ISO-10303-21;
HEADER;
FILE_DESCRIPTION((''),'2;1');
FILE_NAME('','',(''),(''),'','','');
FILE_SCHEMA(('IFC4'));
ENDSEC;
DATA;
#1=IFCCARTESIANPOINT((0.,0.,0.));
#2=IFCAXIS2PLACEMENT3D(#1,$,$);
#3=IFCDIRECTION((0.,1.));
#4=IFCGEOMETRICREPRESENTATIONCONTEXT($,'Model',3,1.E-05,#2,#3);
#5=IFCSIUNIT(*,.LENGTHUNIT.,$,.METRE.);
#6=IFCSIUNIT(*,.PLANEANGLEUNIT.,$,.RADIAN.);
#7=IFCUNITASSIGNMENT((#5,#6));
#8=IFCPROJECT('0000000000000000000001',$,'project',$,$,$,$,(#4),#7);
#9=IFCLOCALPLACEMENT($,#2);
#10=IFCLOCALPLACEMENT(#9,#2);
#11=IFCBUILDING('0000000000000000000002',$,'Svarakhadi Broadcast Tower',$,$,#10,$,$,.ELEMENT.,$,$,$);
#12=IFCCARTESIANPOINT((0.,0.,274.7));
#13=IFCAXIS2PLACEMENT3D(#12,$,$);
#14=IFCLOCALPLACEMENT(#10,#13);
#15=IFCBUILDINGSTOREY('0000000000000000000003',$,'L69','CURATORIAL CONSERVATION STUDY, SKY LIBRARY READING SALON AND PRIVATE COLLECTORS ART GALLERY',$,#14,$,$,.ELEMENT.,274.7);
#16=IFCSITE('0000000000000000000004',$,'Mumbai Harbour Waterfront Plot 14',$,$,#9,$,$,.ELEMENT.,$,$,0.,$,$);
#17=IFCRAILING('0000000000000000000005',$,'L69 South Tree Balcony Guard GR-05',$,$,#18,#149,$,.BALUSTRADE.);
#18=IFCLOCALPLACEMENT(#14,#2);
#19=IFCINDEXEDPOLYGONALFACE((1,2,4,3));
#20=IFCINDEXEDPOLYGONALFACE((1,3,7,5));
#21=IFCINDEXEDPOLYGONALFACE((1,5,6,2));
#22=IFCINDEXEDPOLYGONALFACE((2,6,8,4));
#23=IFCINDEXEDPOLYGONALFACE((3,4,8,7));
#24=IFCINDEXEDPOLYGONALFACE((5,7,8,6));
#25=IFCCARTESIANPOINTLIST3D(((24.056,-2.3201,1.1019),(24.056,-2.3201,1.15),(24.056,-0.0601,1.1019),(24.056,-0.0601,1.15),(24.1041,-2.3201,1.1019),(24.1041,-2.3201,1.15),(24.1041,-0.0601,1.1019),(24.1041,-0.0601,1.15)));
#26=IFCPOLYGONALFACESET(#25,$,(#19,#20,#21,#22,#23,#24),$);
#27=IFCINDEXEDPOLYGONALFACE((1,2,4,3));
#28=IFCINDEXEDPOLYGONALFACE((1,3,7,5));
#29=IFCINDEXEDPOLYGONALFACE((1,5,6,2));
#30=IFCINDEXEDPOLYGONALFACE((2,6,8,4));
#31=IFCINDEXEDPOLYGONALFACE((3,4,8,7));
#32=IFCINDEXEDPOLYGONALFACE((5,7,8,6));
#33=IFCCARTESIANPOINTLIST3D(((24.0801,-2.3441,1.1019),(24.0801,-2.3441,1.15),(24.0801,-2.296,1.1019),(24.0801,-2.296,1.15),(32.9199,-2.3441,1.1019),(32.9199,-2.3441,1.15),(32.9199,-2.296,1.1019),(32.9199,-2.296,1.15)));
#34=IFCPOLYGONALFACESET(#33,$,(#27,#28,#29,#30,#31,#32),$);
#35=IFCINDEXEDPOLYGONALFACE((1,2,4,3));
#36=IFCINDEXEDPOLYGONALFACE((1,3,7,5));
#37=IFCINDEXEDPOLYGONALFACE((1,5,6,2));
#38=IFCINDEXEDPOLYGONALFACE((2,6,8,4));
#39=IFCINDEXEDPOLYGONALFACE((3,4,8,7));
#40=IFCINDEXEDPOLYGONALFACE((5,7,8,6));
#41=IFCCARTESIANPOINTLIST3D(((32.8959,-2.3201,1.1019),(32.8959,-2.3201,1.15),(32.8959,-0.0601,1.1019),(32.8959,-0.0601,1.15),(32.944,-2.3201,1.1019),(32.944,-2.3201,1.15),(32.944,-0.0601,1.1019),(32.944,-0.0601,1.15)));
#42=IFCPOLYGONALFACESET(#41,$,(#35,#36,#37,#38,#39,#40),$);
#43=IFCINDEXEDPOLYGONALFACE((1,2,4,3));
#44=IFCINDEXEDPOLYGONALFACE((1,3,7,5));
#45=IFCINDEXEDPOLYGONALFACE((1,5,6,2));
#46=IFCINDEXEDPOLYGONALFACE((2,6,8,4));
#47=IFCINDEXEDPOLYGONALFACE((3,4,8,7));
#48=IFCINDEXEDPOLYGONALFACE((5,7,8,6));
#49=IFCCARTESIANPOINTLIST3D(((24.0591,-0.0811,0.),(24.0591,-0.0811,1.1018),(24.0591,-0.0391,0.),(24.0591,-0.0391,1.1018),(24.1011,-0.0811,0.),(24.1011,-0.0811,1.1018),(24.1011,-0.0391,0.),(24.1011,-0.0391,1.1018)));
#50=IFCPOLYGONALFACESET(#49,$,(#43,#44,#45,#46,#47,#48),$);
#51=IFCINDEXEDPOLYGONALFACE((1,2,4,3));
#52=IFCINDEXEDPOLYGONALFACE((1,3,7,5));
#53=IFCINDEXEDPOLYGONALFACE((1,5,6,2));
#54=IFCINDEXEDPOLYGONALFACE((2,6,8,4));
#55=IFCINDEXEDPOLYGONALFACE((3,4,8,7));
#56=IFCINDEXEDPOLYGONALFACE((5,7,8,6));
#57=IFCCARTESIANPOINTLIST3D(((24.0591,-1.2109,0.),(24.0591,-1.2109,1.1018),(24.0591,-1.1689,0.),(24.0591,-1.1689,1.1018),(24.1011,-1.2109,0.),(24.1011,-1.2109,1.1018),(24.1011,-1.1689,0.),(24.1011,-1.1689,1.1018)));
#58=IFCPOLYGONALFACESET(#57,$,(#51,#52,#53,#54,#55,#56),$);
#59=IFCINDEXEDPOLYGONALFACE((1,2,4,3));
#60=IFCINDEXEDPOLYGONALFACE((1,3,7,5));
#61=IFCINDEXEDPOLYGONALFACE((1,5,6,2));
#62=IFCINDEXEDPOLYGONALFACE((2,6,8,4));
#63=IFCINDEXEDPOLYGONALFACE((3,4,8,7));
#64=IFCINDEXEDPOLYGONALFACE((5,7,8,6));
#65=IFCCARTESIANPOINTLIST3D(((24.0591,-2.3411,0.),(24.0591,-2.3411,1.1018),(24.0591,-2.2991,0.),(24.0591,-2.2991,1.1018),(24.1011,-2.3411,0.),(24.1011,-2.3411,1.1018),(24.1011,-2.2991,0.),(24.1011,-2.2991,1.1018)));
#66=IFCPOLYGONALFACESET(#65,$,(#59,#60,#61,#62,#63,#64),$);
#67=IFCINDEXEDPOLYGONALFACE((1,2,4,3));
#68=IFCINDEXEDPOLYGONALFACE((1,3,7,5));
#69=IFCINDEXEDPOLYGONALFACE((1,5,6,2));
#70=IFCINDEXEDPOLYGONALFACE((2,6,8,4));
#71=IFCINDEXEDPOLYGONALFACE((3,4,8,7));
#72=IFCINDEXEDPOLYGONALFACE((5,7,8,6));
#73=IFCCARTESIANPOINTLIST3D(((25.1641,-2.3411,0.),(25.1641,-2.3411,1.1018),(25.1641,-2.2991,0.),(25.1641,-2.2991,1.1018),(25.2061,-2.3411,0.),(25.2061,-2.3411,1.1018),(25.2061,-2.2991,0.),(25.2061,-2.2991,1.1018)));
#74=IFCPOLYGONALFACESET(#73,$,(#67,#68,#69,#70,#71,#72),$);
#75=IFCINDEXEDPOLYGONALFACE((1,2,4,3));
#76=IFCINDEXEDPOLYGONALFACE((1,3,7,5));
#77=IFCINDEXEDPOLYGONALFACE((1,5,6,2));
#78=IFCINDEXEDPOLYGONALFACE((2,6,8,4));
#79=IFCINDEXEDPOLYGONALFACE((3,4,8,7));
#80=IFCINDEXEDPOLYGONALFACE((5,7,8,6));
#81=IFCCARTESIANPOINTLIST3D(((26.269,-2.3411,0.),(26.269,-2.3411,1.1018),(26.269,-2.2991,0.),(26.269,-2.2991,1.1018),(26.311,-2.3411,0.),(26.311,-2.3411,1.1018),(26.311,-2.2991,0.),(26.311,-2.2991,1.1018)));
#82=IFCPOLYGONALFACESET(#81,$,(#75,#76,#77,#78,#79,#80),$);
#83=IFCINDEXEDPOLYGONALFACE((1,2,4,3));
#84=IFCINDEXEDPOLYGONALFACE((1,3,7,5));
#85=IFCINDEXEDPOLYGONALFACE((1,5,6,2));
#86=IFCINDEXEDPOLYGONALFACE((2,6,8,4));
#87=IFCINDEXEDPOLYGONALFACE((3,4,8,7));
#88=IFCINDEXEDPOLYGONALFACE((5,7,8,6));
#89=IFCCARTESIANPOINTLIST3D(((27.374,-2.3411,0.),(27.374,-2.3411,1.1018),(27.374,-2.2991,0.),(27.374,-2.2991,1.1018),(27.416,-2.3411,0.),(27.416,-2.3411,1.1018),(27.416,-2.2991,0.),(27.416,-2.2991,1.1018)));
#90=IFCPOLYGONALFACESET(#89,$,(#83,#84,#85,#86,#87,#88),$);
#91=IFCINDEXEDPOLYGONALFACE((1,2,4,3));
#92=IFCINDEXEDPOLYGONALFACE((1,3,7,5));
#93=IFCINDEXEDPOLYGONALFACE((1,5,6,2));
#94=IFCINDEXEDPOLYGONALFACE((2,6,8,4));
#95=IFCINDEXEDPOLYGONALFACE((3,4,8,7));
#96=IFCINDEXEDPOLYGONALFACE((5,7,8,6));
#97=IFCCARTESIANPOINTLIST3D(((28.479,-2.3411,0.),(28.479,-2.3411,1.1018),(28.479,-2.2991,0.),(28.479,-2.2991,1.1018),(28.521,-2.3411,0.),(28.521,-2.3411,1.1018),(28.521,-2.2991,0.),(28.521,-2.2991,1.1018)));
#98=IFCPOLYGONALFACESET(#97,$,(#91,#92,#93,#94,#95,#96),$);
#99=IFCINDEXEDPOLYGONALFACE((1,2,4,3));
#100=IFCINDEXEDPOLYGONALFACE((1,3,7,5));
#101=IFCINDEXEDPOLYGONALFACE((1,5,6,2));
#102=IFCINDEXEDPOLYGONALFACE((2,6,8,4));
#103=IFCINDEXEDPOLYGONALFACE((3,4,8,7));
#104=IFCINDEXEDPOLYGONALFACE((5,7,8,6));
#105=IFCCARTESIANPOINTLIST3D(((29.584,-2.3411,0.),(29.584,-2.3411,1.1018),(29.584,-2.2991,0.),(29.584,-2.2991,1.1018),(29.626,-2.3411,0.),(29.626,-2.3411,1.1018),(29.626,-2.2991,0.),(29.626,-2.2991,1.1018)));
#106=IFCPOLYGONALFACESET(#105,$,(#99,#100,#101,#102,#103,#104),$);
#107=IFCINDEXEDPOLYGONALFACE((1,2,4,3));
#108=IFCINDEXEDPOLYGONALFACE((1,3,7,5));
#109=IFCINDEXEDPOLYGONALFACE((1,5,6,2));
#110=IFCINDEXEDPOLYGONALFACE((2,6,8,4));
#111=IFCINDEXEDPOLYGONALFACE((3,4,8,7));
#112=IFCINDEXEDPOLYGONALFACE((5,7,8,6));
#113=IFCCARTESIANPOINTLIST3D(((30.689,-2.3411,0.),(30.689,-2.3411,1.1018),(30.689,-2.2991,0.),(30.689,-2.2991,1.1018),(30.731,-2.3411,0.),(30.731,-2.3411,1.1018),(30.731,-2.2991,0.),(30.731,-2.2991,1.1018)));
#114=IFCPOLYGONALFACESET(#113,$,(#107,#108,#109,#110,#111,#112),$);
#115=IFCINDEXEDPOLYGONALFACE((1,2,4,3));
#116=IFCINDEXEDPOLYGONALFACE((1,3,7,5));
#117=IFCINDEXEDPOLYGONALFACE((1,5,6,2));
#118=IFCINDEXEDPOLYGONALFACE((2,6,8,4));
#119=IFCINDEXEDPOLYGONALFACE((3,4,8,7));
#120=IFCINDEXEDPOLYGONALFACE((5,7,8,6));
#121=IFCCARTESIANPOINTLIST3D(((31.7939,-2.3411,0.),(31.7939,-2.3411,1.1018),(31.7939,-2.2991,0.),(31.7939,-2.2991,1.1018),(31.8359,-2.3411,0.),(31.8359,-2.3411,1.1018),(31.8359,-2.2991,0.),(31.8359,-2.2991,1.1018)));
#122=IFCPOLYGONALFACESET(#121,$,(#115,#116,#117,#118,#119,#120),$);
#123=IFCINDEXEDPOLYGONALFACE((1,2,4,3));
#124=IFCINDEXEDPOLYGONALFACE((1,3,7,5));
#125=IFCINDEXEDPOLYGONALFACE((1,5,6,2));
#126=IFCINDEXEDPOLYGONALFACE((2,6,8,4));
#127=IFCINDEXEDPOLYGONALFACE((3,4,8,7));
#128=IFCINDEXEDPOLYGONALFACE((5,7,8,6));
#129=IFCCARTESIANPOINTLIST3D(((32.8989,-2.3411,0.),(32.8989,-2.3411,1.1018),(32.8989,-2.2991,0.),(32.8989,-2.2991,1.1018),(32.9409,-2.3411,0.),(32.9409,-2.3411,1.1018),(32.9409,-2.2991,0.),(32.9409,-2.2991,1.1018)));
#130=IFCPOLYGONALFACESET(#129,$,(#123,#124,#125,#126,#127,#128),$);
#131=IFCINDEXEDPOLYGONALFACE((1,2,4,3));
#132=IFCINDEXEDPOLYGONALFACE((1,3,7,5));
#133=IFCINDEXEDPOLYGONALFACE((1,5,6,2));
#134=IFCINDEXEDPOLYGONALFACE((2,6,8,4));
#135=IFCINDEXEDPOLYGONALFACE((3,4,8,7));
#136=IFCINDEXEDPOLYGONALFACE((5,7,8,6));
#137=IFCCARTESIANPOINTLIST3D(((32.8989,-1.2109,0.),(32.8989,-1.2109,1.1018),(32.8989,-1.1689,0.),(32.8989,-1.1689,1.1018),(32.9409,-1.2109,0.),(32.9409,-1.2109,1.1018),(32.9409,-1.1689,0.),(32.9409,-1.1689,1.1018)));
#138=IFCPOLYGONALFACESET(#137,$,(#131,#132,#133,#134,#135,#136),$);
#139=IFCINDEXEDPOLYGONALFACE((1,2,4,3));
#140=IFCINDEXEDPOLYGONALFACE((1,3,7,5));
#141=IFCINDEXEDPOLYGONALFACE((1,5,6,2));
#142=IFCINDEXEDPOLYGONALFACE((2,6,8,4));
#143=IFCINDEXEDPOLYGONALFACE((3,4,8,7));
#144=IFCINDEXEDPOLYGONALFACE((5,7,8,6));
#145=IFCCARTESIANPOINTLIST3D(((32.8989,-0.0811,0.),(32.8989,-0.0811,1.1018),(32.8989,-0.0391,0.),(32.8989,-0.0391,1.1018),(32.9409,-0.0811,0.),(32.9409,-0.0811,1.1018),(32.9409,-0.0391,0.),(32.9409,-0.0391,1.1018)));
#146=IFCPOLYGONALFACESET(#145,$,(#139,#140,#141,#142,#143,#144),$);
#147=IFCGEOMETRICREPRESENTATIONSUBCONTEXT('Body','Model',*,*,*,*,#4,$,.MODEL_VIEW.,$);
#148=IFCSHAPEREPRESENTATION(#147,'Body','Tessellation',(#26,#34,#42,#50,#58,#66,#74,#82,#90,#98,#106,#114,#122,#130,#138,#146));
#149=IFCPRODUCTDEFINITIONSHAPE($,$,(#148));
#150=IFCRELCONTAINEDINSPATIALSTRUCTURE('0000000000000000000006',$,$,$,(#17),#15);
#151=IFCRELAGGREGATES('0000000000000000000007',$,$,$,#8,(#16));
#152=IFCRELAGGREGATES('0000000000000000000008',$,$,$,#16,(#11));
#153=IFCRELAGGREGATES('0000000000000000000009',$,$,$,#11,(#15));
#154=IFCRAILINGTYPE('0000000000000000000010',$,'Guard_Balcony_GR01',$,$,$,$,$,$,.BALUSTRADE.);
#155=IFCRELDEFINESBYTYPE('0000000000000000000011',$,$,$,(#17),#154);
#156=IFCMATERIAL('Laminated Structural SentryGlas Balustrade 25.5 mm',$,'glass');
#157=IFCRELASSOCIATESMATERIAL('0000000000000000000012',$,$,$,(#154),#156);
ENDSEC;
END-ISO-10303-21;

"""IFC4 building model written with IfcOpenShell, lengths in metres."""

from ifc_helpers import new_model, si_unit, direction, frame, origin, origin_2d, place, context, subcontext, project, spatial, rectangle, extrude, material, type_object, element, save


model = new_model("IFC4")

# Units and contexts
model_context = context("Model", 3, precision=1e-05, world=origin(), true_north=direction((0.0, 1.0)))
body_context = subcontext(model_context, "Body", "Model", "MODEL_VIEW")
ifc_project = project(units=[si_unit("LENGTHUNIT", "METRE"), si_unit("PLANEANGLEUNIT", "RADIAN")], contexts=[model_context])

# Site, building, storey
site_placement = place(None, origin())
site = spatial("IfcSite", under=ifc_project, at=site_placement, Name="Mumbai Harbour Waterfront Plot 14", CompositionType="ELEMENT", RefElevation=0.0)
building_placement = place(site_placement, origin())
building = spatial("IfcBuilding", under=site, at=building_placement, Name="Svarakhadi Broadcast Tower", CompositionType="ELEMENT")
storey_placement = place(building_placement, frame((0.0, 0.0, 274.7)))
storey = spatial("IfcBuildingStorey", under=building, at=storey_placement, Name="L69", Description="CURATORIAL CONSERVATION STUDY, SKY LIBRARY READING SALON AND PRIVATE COLLECTORS ART GALLERY", CompositionType="ELEMENT", Elevation=274.7)

# Railing
ifc_material_1 = material(Name="Laminated Structural SentryGlas Balustrade 25.5 mm", Category="glass")
railing_type = type_object("IfcRailingType", Name="Guard_Balcony_GR01", PredefinedType="BALUSTRADE", material=ifc_material_1)
railing_placement = place(storey_placement, frame((24.0801, -0.0601, 0.0)))
element("IfcRailing", 1, at=railing_placement, inside=storey, type_object=railing_type, Name="L69 South Tree Balcony Guard GR-05", PredefinedType="BALUSTRADE", context=body_context, shape_type="SweptSolid", body=[
    extrude(rectangle(XDim=0.0481, YDim=0.0481, at=origin_2d()), frame((0.0, 0.0, 1.126), z_axis=(0.0, -1.0, 0.0), x_axis=(1.0, 0.0, 0.0)), (0.0, 0.0, 1.0), 2.26),
    extrude(rectangle(XDim=0.0481, YDim=0.0481, at=origin_2d()), frame((0.0, -2.26, 1.126), z_axis=(1.0, 0.0, 0.0), x_axis=(0.0, 1.0, 0.0)), (0.0, 0.0, 1.0), 8.8398),
    extrude(rectangle(XDim=0.0481, YDim=0.0481, at=origin_2d()), frame((8.8398, -2.26, 1.126), z_axis=(0.0, 1.0, 0.0), x_axis=(-1.0, 0.0, 0.0)), (0.0, 0.0, 1.0), 2.26),
    extrude(rectangle(XDim=0.042, YDim=0.042, at=origin_2d()), origin(), (0.0, 0.0, 1.0), 1.1018),
    extrude(rectangle(XDim=0.042, YDim=0.042, at=origin_2d()), frame((0.0, -1.1299, 0.0)), (0.0, 0.0, 1.0), 1.1018),
    extrude(rectangle(XDim=0.042, YDim=0.042, at=origin_2d()), frame((0.0, -2.26, 0.0)), (0.0, 0.0, 1.0), 1.1018),
    extrude(rectangle(XDim=0.042, YDim=0.042, at=origin_2d()), frame((1.105, -2.26, 0.0)), (0.0, 0.0, 1.0), 1.1018),
    extrude(rectangle(XDim=0.042, YDim=0.042, at=origin_2d()), frame((2.21, -2.26, 0.0)), (0.0, 0.0, 1.0), 1.1018),
    extrude(rectangle(XDim=0.042, YDim=0.042, at=origin_2d()), frame((3.3149, -2.26, 0.0)), (0.0, 0.0, 1.0), 1.1018),
    extrude(rectangle(XDim=0.042, YDim=0.042, at=origin_2d()), frame((4.4199, -2.26, 0.0)), (0.0, 0.0, 1.0), 1.1018),
    extrude(rectangle(XDim=0.042, YDim=0.042, at=origin_2d()), frame((5.5249, -2.26, 0.0)), (0.0, 0.0, 1.0), 1.1018),
    extrude(rectangle(XDim=0.042, YDim=0.042, at=origin_2d()), frame((6.6299, -2.26, 0.0)), (0.0, 0.0, 1.0), 1.1018),
    extrude(rectangle(XDim=0.042, YDim=0.042, at=origin_2d()), frame((7.7349, -2.26, 0.0)), (0.0, 0.0, 1.0), 1.1018),
    extrude(rectangle(XDim=0.042, YDim=0.042, at=origin_2d()), frame((8.8398, -2.26, 0.0)), (0.0, 0.0, 1.0), 1.1018),
    extrude(rectangle(XDim=0.042, YDim=0.042, at=origin_2d()), frame((8.8398, -1.1299, 0.0)), (0.0, 0.0, 1.0), 1.1018),
    extrude(rectangle(XDim=0.042, YDim=0.042, at=origin_2d()), frame((8.8398, 0.0, 0.0)), (0.0, 0.0, 1.0), 1.1018),
])

save(model, "model.ifc")
